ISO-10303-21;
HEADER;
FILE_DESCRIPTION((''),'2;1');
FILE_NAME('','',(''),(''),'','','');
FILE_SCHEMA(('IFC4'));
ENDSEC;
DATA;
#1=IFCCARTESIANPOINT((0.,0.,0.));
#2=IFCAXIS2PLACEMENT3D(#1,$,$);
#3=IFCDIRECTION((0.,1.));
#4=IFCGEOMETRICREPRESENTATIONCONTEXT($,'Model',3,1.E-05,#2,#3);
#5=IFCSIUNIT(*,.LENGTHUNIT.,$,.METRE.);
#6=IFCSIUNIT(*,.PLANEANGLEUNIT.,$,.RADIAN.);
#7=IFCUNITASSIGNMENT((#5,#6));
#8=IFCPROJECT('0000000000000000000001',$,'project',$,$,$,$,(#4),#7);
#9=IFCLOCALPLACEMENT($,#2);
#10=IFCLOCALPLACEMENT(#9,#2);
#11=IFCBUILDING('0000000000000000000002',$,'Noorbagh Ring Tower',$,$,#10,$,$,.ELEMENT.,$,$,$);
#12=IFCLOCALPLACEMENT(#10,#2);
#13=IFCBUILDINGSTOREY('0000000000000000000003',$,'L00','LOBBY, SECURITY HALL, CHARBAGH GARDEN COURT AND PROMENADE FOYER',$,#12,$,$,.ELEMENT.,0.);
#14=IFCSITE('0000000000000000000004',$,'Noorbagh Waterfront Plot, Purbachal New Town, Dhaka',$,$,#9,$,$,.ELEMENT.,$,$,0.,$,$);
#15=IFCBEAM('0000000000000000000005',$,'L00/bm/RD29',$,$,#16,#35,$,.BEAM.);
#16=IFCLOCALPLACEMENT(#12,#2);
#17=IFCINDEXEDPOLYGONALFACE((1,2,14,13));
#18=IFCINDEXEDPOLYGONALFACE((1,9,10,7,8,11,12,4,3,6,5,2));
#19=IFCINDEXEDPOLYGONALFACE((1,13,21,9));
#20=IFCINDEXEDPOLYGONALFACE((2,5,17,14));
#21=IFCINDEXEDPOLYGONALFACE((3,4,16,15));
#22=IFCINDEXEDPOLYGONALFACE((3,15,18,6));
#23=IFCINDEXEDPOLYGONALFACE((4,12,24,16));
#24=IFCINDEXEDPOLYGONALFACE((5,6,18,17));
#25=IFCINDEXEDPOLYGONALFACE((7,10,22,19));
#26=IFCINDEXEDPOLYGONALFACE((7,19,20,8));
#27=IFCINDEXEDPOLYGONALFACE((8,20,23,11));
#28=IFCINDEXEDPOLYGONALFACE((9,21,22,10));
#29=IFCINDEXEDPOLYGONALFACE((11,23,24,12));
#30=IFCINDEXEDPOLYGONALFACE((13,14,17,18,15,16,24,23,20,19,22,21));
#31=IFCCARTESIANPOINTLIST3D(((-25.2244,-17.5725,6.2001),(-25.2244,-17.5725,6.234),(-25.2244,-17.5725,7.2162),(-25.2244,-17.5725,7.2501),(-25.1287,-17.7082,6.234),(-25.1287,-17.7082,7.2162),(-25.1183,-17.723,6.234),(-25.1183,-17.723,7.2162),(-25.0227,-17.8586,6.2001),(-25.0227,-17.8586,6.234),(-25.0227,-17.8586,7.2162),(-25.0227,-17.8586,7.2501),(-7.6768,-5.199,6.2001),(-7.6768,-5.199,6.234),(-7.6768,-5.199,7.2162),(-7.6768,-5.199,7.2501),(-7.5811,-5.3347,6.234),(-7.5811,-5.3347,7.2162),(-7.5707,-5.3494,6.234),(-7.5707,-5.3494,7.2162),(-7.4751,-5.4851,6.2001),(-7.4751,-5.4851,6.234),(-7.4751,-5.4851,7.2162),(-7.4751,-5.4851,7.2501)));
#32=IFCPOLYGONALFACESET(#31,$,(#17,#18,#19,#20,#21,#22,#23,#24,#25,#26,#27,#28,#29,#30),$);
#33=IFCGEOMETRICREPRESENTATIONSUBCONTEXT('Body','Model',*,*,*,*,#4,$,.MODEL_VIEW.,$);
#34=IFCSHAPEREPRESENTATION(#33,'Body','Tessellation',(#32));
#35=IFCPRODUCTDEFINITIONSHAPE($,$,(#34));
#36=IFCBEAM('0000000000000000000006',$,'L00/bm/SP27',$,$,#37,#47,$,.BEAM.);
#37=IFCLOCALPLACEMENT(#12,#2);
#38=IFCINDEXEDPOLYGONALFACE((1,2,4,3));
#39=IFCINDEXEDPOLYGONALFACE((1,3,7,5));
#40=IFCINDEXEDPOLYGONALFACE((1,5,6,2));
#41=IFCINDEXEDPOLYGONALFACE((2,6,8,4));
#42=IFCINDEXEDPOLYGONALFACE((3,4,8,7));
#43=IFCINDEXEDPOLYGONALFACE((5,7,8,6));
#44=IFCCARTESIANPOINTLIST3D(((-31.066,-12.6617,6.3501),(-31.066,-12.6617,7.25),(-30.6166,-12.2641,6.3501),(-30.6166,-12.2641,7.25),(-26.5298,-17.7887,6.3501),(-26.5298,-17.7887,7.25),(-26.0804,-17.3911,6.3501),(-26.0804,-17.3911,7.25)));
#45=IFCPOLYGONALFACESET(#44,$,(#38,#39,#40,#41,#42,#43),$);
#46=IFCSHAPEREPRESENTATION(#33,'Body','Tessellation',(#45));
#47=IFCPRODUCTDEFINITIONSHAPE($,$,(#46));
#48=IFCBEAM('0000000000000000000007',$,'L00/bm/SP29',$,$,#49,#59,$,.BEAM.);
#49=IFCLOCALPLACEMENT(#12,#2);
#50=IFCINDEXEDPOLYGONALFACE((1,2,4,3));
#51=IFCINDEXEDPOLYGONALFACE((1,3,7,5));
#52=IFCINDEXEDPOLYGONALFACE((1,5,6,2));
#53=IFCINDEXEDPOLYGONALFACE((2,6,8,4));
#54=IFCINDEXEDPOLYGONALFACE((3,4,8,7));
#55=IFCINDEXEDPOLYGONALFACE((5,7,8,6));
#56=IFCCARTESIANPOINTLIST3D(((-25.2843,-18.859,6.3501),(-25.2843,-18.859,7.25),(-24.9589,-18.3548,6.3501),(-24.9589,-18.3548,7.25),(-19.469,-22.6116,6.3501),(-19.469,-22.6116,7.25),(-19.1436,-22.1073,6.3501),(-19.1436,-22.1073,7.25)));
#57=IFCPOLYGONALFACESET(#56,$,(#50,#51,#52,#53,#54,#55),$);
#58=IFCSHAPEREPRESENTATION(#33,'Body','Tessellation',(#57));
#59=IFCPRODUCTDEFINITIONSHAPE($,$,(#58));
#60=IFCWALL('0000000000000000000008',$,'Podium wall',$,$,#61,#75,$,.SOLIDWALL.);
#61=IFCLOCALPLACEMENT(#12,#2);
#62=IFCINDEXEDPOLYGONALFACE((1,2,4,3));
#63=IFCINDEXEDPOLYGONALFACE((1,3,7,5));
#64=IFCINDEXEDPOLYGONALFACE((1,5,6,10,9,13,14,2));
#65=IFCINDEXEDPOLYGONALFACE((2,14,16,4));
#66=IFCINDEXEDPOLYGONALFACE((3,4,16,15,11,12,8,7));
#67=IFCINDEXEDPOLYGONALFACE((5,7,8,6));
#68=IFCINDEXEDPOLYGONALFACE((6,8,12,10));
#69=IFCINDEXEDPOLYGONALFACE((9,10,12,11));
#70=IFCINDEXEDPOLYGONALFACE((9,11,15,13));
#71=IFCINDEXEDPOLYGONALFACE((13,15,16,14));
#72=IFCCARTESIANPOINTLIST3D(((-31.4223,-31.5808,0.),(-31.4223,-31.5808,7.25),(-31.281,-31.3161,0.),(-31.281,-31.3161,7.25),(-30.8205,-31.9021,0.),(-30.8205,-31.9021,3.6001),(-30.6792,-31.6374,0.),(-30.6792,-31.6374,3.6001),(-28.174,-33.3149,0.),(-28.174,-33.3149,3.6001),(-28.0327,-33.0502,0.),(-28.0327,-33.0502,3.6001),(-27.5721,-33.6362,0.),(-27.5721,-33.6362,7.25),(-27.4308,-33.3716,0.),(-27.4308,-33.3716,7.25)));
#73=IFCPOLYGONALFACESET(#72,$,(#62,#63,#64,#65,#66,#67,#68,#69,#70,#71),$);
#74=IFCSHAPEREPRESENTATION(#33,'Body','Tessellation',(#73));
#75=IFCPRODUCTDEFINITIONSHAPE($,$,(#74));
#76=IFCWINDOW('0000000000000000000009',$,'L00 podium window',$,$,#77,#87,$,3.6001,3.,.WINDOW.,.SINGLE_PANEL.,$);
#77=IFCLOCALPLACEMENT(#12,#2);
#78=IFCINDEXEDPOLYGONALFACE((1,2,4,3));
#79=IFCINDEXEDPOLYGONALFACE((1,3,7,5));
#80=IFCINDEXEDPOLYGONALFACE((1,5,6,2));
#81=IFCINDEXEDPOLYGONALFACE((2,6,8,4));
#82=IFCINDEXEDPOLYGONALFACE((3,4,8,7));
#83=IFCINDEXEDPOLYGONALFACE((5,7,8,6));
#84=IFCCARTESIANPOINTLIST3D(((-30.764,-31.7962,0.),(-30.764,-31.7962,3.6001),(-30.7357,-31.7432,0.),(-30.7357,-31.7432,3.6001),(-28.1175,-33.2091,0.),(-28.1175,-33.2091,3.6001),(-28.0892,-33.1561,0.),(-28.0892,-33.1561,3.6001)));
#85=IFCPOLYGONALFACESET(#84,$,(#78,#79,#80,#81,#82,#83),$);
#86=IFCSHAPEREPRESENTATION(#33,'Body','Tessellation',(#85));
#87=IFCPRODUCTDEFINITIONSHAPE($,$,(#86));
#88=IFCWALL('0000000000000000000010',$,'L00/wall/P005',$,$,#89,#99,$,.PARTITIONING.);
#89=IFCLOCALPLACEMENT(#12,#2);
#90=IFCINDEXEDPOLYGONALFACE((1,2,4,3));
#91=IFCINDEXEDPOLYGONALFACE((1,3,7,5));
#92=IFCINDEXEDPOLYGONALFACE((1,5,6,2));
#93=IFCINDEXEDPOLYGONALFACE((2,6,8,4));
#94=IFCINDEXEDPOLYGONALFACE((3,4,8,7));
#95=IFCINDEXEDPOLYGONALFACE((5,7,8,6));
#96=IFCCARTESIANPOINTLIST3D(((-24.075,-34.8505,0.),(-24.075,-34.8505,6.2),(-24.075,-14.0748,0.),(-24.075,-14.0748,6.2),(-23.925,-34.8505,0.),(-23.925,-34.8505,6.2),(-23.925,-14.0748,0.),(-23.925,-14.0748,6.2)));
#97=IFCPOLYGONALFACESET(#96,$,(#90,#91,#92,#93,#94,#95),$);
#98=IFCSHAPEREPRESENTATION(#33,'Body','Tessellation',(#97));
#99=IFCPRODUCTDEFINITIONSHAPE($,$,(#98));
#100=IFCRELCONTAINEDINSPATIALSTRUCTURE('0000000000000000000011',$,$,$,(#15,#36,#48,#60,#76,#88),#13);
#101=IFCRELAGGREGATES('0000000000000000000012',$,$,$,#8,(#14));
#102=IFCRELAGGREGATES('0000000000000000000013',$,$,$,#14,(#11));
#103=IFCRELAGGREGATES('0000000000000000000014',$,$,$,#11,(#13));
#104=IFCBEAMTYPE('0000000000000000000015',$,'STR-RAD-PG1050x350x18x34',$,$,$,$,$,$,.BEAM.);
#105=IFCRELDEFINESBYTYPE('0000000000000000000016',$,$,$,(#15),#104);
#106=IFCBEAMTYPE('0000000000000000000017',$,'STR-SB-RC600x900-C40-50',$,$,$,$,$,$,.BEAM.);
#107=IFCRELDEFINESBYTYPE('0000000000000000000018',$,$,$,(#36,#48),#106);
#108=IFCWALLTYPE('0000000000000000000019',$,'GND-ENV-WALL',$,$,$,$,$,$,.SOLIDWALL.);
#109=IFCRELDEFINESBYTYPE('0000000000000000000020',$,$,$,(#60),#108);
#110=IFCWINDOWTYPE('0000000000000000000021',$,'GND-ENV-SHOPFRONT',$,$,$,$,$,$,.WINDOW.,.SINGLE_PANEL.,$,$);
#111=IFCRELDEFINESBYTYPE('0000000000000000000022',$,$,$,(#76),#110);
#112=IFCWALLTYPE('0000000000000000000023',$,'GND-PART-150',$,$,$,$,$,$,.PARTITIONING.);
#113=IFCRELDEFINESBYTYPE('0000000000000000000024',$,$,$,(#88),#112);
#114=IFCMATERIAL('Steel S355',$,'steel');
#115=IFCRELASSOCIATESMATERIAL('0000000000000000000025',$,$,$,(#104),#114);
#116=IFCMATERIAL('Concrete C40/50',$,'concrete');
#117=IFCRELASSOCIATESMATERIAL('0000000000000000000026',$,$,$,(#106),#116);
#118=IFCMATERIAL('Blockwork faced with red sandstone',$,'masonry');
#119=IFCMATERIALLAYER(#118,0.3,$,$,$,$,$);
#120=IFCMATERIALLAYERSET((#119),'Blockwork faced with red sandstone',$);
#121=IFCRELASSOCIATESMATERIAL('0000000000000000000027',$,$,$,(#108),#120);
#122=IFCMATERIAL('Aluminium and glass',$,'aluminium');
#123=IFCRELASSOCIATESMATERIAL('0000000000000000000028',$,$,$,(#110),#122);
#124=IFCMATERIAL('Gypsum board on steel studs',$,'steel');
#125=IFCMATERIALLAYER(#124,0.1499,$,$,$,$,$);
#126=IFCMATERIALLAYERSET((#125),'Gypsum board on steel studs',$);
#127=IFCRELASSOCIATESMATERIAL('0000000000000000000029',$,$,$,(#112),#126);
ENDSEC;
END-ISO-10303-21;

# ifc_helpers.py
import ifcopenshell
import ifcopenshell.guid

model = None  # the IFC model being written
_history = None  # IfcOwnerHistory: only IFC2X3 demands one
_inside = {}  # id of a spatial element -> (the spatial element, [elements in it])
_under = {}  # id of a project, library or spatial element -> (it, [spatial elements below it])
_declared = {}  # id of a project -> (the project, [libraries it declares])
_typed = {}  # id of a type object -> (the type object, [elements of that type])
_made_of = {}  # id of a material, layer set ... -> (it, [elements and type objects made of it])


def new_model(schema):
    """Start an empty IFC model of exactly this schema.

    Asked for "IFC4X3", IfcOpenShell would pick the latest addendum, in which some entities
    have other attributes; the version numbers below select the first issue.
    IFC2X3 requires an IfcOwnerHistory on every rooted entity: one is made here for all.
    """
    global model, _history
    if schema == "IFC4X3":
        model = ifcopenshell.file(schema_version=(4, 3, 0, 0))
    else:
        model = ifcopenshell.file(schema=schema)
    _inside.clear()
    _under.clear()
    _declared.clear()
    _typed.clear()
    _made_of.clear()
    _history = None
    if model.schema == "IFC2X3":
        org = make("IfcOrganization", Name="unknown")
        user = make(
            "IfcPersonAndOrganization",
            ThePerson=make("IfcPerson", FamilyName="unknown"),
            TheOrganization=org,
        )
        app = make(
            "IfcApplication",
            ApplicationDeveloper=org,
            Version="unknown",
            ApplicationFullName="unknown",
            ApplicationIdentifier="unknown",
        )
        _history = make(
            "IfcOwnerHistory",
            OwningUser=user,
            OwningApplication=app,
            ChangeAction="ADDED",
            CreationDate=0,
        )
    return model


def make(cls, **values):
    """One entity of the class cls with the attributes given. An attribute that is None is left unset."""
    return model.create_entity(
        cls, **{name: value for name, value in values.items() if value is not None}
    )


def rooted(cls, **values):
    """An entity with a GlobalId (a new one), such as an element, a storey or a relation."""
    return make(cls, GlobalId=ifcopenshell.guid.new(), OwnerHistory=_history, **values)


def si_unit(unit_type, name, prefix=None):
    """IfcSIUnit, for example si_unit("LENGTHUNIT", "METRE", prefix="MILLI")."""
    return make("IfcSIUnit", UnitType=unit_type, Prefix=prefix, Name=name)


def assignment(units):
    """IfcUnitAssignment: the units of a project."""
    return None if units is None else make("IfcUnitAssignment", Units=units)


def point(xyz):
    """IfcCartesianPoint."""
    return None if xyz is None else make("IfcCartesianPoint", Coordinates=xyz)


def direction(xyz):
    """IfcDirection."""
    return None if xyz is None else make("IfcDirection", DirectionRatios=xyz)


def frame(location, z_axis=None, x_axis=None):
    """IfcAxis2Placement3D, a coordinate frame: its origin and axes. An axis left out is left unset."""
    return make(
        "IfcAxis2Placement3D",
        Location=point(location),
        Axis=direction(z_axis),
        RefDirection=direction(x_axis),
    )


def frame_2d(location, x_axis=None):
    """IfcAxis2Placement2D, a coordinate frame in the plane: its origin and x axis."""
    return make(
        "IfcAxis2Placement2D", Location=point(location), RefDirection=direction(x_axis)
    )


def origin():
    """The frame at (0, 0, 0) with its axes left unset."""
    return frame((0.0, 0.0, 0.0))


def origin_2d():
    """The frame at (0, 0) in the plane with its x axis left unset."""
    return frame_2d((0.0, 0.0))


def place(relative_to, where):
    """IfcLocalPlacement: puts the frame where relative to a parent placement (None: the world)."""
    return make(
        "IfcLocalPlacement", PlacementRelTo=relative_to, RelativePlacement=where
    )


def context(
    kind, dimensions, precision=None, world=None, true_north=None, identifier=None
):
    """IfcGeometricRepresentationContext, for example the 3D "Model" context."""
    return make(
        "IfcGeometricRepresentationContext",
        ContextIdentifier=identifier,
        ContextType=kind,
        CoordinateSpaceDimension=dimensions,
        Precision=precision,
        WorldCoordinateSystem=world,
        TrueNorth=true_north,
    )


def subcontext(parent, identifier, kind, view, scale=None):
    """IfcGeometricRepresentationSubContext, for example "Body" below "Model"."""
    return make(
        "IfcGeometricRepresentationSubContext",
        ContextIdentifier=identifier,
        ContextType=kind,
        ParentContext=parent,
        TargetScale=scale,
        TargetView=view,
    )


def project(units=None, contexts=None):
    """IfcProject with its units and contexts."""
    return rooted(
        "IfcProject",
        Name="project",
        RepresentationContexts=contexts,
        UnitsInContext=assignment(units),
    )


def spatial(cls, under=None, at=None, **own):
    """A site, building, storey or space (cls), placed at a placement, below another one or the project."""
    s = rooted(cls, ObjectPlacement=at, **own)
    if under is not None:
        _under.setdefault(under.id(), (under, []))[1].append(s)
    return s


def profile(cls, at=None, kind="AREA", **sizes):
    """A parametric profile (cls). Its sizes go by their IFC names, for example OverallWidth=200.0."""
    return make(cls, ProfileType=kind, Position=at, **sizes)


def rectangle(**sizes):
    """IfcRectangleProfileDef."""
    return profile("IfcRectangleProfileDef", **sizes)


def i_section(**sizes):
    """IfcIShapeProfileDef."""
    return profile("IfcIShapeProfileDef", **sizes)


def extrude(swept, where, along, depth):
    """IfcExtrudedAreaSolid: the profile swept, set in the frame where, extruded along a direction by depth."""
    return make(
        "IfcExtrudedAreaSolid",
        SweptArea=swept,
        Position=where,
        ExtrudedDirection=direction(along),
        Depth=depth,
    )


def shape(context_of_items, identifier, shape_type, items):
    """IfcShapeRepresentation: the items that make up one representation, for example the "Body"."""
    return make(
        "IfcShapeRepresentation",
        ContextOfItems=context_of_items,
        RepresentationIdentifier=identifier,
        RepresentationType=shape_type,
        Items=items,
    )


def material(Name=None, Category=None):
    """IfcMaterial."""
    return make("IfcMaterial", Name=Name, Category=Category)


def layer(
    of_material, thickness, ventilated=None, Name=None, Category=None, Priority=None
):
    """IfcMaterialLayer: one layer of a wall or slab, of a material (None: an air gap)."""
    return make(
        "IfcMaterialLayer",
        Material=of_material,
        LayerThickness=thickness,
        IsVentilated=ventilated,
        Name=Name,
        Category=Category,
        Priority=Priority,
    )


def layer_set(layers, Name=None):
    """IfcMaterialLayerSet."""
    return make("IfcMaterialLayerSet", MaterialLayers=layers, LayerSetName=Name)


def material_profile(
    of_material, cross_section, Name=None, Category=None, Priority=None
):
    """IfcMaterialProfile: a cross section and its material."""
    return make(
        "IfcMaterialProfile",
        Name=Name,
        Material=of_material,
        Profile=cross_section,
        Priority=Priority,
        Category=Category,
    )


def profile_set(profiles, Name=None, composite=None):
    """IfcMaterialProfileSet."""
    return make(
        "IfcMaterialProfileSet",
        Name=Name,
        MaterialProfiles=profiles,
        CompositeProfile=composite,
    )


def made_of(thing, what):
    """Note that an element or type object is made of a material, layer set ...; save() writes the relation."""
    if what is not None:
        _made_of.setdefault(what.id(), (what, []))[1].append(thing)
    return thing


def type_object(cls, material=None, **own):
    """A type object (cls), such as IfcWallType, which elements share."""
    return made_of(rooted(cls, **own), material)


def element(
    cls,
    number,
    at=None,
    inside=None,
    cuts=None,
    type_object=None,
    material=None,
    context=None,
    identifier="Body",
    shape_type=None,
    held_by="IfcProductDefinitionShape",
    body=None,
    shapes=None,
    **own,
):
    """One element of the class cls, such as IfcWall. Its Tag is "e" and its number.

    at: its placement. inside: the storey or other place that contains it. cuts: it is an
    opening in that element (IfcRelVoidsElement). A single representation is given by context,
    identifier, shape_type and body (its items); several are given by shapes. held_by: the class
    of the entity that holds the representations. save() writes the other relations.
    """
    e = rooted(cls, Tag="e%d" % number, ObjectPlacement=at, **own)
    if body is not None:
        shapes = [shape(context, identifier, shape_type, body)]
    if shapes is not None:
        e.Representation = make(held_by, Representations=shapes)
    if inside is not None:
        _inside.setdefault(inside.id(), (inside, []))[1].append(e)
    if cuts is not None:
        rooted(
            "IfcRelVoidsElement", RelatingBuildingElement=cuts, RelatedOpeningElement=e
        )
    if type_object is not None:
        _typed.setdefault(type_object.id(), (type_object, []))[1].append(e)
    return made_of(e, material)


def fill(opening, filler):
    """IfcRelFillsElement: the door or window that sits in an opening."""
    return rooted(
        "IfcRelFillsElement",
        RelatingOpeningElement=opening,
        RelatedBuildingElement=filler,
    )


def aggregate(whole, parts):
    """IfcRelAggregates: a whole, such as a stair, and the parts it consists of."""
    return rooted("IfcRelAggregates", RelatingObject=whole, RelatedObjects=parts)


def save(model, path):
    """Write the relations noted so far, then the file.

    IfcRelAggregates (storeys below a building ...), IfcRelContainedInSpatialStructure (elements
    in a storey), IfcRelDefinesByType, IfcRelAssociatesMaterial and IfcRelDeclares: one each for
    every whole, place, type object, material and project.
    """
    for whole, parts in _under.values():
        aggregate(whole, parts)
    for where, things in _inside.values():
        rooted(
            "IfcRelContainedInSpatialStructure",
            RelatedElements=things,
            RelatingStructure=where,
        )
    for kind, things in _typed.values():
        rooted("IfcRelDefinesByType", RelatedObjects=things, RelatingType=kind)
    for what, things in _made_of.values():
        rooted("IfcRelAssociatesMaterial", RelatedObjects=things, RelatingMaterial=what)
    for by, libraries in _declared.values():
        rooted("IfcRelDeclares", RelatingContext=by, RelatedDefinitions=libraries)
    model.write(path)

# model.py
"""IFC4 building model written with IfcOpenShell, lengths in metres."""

from ifc_helpers import new_model, si_unit, direction, frame, frame_2d, origin, origin_2d, place, context, subcontext, project, spatial, rectangle, i_section, extrude, material, layer, layer_set, material_profile, profile_set, type_object, element, fill, save


model = new_model("IFC4")

# Units and contexts
model_context = context("Model", 3, precision=1e-05, world=origin(), true_north=direction((0.0, 1.0)))
body_context = subcontext(model_context, "Body", "Model", "MODEL_VIEW")
ifc_project = project(units=[si_unit("LENGTHUNIT", "METRE"), si_unit("PLANEANGLEUNIT", "RADIAN")], contexts=[model_context])

# Site, building, storey
site_placement = place(None, origin())
site = spatial("IfcSite", under=ifc_project, at=site_placement, Name="Noorbagh Waterfront Plot, Purbachal New Town, Dhaka", CompositionType="ELEMENT", RefElevation=0.0)
building_placement = place(site_placement, origin())
building = spatial("IfcBuilding", under=site, at=building_placement, Name="Noorbagh Ring Tower", CompositionType="ELEMENT")
storey_placement = place(building_placement, origin())
storey = spatial("IfcBuildingStorey", under=building, at=storey_placement, Name="L00", Description="LOBBY, SECURITY HALL, CHARBAGH GARDEN COURT AND PROMENADE FOYER", CompositionType="ELEMENT", Elevation=0.0)

# Beams
ifc_material_1 = material(Name="Steel S355", Category="steel")
ifc_material_profile_1 = material_profile(ifc_material_1, i_section(OverallWidth=0.3501, OverallDepth=1.05, WebThickness=0.0181, FlangeThickness=0.0339, at=origin_2d()), Name="PG1050x350x18x34")
ifc_profile_set_1 = profile_set([ifc_material_profile_1], Name="Steel S355")
beam_type_1 = type_object("IfcBeamType", Name="STR-RAD-PG1050x350x18x34", PredefinedType="BEAM", material=ifc_profile_set_1)
beam_1_placement = place(storey_placement, frame((-25.1235, -17.7156, 6.7251), z_axis=(0.817253, 0.576279, 0.0), x_axis=(-0.576279, 0.817253, 0.0)))
element("IfcBeam", 1, at=beam_1_placement, inside=storey, type_object=beam_type_1, Name="L00/bm/RD29", PredefinedType="BEAM", context=body_context, shape_type="SweptSolid", body=[
    extrude(i_section(OverallWidth=0.3501, OverallDepth=1.05, WebThickness=0.0181, FlangeThickness=0.0339, at=origin_2d()), origin(), (0.0, 0.0, 1.0), 21.4714),
])
ifc_material_2 = material(Name="Concrete C40/50", Category="concrete")
ifc_material_profile_2 = material_profile(ifc_material_2, rectangle(XDim=0.6001, YDim=0.8999, at=origin_2d()), Name="RC600x900")
ifc_profile_set_2 = profile_set([ifc_material_profile_2], Name="Concrete C40/50")
beam_type_2 = type_object("IfcBeamType", Name="STR-SB-RC600x900-C40-50", PredefinedType="BEAM", material=ifc_profile_set_2)
beam_2_placement = place(storey_placement, frame((-30.8413, -12.4629, 6.8), z_axis=(0.662635, -0.748942, 0.0), x_axis=(0.748942, 0.662635, 0.0)))
element("IfcBeam", 2, at=beam_2_placement, inside=storey, type_object=beam_type_2, Name="L00/bm/SP27", PredefinedType="BEAM", context=body_context, shape_type="SweptSolid", body=[
    extrude(rectangle(XDim=0.6001, YDim=0.8999, at=origin_2d()), origin(), (0.0, 0.0, 1.0), 6.8457),
])
beam_3_placement = place(storey_placement, frame((-25.1216, -18.6069, 6.8), z_axis=(0.84025, -0.542199, 0.0), x_axis=(0.542199, 0.84025, 0.0)))
element("IfcBeam", 3, at=beam_3_placement, inside=storey, type_object=beam_type_2, Name="L00/bm/SP29", PredefinedType="BEAM", context=body_context, shape_type="SweptSolid", body=[
    extrude(rectangle(XDim=0.6001, YDim=0.8999, at=origin_2d()), origin(), (0.0, 0.0, 1.0), 6.9209),
])

# Wall, opening, window
ifc_material_3 = material(Name="Blockwork faced with red sandstone", Category="masonry")
ifc_layer_1 = layer(ifc_material_3, 0.3)
ifc_layer_set_1 = layer_set([ifc_layer_1], Name="Blockwork faced with red sandstone")
wall_type_1 = type_object("IfcWallType", Name="GND-ENV-WALL", PredefinedType="SOLIDWALL", material=ifc_layer_set_1)
wall_1_placement = place(storey_placement, frame((-31.3516, -31.4485, 0.0), z_axis=(0.0, 0.0, 1.0), x_axis=(0.882159, -0.470951, 0.0)))
wall_1 = element("IfcWall", 4, at=wall_1_placement, inside=storey, type_object=wall_type_1, Name="Podium wall", PredefinedType="SOLIDWALL", context=body_context, shape_type="SweptSolid", body=[
    extrude(rectangle(XDim=4.3645, YDim=0.3, at=frame_2d((2.1821, 0.0))), origin(), (0.0, 0.0, 1.0), 7.25),
])
opening_placement = place(wall_1_placement, frame((0.6821, 0.0, 0.0)))
opening = element("IfcOpeningElement", 5, at=opening_placement, cuts=wall_1, PredefinedType="OPENING", context=body_context, shape_type="SweptSolid", body=[
    extrude(rectangle(XDim=3.0, YDim=3.6001, at=frame_2d((1.5, 1.8))), frame((0.0, 0.1602, 0.0), z_axis=(0.0, -1.0, 0.0), x_axis=(1.0, 0.0, 0.0)), (0.0, 0.0, 1.0), 0.3201),
])
ifc_material_4 = material(Name="Aluminium and glass", Category="aluminium")
window_type = type_object("IfcWindowType", Name="GND-ENV-SHOPFRONT", PartitioningType="SINGLE_PANEL", PredefinedType="WINDOW", material=ifc_material_4)
window_placement = place(opening_placement, origin())
window = element("IfcWindow", 6, at=window_placement, inside=storey, type_object=window_type, Name="L00 podium window", OverallHeight=3.6001, OverallWidth=3.0, PartitioningType="SINGLE_PANEL", PredefinedType="WINDOW", context=body_context, shape_type="SweptSolid", body=[
    extrude(rectangle(XDim=3.0, YDim=3.6001, at=frame_2d((1.5, 1.8))), frame((0.0, 0.03, 0.0), z_axis=(0.0, -1.0, 0.0), x_axis=(1.0, 0.0, 0.0)), (0.0, 0.0, 1.0), 0.0601),
])
fill(opening, window)

# Wall
ifc_material_5 = material(Name="Gypsum board on steel studs", Category="steel")
ifc_layer_2 = layer(ifc_material_5, 0.1499)
ifc_layer_set_2 = layer_set([ifc_layer_2], Name="Gypsum board on steel studs")
wall_type_2 = type_object("IfcWallType", Name="GND-PART-150", PredefinedType="PARTITIONING", material=ifc_layer_set_2)
wall_2_placement = place(storey_placement, frame((-24.0, -14.075, 0.0), z_axis=(0.0, 0.0, 1.0), x_axis=(0.0, -1.0, 0.0)))
element("IfcWall", 7, at=wall_2_placement, inside=storey, type_object=wall_type_2, Name="L00/wall/P005", PredefinedType="PARTITIONING", context=body_context, shape_type="SweptSolid", body=[
    extrude(rectangle(XDim=20.7756, YDim=0.1499, at=frame_2d((10.3877, 0.0))), origin(), (0.0, 0.0, 1.0), 6.2),
])

save(model, "model.ifc")
